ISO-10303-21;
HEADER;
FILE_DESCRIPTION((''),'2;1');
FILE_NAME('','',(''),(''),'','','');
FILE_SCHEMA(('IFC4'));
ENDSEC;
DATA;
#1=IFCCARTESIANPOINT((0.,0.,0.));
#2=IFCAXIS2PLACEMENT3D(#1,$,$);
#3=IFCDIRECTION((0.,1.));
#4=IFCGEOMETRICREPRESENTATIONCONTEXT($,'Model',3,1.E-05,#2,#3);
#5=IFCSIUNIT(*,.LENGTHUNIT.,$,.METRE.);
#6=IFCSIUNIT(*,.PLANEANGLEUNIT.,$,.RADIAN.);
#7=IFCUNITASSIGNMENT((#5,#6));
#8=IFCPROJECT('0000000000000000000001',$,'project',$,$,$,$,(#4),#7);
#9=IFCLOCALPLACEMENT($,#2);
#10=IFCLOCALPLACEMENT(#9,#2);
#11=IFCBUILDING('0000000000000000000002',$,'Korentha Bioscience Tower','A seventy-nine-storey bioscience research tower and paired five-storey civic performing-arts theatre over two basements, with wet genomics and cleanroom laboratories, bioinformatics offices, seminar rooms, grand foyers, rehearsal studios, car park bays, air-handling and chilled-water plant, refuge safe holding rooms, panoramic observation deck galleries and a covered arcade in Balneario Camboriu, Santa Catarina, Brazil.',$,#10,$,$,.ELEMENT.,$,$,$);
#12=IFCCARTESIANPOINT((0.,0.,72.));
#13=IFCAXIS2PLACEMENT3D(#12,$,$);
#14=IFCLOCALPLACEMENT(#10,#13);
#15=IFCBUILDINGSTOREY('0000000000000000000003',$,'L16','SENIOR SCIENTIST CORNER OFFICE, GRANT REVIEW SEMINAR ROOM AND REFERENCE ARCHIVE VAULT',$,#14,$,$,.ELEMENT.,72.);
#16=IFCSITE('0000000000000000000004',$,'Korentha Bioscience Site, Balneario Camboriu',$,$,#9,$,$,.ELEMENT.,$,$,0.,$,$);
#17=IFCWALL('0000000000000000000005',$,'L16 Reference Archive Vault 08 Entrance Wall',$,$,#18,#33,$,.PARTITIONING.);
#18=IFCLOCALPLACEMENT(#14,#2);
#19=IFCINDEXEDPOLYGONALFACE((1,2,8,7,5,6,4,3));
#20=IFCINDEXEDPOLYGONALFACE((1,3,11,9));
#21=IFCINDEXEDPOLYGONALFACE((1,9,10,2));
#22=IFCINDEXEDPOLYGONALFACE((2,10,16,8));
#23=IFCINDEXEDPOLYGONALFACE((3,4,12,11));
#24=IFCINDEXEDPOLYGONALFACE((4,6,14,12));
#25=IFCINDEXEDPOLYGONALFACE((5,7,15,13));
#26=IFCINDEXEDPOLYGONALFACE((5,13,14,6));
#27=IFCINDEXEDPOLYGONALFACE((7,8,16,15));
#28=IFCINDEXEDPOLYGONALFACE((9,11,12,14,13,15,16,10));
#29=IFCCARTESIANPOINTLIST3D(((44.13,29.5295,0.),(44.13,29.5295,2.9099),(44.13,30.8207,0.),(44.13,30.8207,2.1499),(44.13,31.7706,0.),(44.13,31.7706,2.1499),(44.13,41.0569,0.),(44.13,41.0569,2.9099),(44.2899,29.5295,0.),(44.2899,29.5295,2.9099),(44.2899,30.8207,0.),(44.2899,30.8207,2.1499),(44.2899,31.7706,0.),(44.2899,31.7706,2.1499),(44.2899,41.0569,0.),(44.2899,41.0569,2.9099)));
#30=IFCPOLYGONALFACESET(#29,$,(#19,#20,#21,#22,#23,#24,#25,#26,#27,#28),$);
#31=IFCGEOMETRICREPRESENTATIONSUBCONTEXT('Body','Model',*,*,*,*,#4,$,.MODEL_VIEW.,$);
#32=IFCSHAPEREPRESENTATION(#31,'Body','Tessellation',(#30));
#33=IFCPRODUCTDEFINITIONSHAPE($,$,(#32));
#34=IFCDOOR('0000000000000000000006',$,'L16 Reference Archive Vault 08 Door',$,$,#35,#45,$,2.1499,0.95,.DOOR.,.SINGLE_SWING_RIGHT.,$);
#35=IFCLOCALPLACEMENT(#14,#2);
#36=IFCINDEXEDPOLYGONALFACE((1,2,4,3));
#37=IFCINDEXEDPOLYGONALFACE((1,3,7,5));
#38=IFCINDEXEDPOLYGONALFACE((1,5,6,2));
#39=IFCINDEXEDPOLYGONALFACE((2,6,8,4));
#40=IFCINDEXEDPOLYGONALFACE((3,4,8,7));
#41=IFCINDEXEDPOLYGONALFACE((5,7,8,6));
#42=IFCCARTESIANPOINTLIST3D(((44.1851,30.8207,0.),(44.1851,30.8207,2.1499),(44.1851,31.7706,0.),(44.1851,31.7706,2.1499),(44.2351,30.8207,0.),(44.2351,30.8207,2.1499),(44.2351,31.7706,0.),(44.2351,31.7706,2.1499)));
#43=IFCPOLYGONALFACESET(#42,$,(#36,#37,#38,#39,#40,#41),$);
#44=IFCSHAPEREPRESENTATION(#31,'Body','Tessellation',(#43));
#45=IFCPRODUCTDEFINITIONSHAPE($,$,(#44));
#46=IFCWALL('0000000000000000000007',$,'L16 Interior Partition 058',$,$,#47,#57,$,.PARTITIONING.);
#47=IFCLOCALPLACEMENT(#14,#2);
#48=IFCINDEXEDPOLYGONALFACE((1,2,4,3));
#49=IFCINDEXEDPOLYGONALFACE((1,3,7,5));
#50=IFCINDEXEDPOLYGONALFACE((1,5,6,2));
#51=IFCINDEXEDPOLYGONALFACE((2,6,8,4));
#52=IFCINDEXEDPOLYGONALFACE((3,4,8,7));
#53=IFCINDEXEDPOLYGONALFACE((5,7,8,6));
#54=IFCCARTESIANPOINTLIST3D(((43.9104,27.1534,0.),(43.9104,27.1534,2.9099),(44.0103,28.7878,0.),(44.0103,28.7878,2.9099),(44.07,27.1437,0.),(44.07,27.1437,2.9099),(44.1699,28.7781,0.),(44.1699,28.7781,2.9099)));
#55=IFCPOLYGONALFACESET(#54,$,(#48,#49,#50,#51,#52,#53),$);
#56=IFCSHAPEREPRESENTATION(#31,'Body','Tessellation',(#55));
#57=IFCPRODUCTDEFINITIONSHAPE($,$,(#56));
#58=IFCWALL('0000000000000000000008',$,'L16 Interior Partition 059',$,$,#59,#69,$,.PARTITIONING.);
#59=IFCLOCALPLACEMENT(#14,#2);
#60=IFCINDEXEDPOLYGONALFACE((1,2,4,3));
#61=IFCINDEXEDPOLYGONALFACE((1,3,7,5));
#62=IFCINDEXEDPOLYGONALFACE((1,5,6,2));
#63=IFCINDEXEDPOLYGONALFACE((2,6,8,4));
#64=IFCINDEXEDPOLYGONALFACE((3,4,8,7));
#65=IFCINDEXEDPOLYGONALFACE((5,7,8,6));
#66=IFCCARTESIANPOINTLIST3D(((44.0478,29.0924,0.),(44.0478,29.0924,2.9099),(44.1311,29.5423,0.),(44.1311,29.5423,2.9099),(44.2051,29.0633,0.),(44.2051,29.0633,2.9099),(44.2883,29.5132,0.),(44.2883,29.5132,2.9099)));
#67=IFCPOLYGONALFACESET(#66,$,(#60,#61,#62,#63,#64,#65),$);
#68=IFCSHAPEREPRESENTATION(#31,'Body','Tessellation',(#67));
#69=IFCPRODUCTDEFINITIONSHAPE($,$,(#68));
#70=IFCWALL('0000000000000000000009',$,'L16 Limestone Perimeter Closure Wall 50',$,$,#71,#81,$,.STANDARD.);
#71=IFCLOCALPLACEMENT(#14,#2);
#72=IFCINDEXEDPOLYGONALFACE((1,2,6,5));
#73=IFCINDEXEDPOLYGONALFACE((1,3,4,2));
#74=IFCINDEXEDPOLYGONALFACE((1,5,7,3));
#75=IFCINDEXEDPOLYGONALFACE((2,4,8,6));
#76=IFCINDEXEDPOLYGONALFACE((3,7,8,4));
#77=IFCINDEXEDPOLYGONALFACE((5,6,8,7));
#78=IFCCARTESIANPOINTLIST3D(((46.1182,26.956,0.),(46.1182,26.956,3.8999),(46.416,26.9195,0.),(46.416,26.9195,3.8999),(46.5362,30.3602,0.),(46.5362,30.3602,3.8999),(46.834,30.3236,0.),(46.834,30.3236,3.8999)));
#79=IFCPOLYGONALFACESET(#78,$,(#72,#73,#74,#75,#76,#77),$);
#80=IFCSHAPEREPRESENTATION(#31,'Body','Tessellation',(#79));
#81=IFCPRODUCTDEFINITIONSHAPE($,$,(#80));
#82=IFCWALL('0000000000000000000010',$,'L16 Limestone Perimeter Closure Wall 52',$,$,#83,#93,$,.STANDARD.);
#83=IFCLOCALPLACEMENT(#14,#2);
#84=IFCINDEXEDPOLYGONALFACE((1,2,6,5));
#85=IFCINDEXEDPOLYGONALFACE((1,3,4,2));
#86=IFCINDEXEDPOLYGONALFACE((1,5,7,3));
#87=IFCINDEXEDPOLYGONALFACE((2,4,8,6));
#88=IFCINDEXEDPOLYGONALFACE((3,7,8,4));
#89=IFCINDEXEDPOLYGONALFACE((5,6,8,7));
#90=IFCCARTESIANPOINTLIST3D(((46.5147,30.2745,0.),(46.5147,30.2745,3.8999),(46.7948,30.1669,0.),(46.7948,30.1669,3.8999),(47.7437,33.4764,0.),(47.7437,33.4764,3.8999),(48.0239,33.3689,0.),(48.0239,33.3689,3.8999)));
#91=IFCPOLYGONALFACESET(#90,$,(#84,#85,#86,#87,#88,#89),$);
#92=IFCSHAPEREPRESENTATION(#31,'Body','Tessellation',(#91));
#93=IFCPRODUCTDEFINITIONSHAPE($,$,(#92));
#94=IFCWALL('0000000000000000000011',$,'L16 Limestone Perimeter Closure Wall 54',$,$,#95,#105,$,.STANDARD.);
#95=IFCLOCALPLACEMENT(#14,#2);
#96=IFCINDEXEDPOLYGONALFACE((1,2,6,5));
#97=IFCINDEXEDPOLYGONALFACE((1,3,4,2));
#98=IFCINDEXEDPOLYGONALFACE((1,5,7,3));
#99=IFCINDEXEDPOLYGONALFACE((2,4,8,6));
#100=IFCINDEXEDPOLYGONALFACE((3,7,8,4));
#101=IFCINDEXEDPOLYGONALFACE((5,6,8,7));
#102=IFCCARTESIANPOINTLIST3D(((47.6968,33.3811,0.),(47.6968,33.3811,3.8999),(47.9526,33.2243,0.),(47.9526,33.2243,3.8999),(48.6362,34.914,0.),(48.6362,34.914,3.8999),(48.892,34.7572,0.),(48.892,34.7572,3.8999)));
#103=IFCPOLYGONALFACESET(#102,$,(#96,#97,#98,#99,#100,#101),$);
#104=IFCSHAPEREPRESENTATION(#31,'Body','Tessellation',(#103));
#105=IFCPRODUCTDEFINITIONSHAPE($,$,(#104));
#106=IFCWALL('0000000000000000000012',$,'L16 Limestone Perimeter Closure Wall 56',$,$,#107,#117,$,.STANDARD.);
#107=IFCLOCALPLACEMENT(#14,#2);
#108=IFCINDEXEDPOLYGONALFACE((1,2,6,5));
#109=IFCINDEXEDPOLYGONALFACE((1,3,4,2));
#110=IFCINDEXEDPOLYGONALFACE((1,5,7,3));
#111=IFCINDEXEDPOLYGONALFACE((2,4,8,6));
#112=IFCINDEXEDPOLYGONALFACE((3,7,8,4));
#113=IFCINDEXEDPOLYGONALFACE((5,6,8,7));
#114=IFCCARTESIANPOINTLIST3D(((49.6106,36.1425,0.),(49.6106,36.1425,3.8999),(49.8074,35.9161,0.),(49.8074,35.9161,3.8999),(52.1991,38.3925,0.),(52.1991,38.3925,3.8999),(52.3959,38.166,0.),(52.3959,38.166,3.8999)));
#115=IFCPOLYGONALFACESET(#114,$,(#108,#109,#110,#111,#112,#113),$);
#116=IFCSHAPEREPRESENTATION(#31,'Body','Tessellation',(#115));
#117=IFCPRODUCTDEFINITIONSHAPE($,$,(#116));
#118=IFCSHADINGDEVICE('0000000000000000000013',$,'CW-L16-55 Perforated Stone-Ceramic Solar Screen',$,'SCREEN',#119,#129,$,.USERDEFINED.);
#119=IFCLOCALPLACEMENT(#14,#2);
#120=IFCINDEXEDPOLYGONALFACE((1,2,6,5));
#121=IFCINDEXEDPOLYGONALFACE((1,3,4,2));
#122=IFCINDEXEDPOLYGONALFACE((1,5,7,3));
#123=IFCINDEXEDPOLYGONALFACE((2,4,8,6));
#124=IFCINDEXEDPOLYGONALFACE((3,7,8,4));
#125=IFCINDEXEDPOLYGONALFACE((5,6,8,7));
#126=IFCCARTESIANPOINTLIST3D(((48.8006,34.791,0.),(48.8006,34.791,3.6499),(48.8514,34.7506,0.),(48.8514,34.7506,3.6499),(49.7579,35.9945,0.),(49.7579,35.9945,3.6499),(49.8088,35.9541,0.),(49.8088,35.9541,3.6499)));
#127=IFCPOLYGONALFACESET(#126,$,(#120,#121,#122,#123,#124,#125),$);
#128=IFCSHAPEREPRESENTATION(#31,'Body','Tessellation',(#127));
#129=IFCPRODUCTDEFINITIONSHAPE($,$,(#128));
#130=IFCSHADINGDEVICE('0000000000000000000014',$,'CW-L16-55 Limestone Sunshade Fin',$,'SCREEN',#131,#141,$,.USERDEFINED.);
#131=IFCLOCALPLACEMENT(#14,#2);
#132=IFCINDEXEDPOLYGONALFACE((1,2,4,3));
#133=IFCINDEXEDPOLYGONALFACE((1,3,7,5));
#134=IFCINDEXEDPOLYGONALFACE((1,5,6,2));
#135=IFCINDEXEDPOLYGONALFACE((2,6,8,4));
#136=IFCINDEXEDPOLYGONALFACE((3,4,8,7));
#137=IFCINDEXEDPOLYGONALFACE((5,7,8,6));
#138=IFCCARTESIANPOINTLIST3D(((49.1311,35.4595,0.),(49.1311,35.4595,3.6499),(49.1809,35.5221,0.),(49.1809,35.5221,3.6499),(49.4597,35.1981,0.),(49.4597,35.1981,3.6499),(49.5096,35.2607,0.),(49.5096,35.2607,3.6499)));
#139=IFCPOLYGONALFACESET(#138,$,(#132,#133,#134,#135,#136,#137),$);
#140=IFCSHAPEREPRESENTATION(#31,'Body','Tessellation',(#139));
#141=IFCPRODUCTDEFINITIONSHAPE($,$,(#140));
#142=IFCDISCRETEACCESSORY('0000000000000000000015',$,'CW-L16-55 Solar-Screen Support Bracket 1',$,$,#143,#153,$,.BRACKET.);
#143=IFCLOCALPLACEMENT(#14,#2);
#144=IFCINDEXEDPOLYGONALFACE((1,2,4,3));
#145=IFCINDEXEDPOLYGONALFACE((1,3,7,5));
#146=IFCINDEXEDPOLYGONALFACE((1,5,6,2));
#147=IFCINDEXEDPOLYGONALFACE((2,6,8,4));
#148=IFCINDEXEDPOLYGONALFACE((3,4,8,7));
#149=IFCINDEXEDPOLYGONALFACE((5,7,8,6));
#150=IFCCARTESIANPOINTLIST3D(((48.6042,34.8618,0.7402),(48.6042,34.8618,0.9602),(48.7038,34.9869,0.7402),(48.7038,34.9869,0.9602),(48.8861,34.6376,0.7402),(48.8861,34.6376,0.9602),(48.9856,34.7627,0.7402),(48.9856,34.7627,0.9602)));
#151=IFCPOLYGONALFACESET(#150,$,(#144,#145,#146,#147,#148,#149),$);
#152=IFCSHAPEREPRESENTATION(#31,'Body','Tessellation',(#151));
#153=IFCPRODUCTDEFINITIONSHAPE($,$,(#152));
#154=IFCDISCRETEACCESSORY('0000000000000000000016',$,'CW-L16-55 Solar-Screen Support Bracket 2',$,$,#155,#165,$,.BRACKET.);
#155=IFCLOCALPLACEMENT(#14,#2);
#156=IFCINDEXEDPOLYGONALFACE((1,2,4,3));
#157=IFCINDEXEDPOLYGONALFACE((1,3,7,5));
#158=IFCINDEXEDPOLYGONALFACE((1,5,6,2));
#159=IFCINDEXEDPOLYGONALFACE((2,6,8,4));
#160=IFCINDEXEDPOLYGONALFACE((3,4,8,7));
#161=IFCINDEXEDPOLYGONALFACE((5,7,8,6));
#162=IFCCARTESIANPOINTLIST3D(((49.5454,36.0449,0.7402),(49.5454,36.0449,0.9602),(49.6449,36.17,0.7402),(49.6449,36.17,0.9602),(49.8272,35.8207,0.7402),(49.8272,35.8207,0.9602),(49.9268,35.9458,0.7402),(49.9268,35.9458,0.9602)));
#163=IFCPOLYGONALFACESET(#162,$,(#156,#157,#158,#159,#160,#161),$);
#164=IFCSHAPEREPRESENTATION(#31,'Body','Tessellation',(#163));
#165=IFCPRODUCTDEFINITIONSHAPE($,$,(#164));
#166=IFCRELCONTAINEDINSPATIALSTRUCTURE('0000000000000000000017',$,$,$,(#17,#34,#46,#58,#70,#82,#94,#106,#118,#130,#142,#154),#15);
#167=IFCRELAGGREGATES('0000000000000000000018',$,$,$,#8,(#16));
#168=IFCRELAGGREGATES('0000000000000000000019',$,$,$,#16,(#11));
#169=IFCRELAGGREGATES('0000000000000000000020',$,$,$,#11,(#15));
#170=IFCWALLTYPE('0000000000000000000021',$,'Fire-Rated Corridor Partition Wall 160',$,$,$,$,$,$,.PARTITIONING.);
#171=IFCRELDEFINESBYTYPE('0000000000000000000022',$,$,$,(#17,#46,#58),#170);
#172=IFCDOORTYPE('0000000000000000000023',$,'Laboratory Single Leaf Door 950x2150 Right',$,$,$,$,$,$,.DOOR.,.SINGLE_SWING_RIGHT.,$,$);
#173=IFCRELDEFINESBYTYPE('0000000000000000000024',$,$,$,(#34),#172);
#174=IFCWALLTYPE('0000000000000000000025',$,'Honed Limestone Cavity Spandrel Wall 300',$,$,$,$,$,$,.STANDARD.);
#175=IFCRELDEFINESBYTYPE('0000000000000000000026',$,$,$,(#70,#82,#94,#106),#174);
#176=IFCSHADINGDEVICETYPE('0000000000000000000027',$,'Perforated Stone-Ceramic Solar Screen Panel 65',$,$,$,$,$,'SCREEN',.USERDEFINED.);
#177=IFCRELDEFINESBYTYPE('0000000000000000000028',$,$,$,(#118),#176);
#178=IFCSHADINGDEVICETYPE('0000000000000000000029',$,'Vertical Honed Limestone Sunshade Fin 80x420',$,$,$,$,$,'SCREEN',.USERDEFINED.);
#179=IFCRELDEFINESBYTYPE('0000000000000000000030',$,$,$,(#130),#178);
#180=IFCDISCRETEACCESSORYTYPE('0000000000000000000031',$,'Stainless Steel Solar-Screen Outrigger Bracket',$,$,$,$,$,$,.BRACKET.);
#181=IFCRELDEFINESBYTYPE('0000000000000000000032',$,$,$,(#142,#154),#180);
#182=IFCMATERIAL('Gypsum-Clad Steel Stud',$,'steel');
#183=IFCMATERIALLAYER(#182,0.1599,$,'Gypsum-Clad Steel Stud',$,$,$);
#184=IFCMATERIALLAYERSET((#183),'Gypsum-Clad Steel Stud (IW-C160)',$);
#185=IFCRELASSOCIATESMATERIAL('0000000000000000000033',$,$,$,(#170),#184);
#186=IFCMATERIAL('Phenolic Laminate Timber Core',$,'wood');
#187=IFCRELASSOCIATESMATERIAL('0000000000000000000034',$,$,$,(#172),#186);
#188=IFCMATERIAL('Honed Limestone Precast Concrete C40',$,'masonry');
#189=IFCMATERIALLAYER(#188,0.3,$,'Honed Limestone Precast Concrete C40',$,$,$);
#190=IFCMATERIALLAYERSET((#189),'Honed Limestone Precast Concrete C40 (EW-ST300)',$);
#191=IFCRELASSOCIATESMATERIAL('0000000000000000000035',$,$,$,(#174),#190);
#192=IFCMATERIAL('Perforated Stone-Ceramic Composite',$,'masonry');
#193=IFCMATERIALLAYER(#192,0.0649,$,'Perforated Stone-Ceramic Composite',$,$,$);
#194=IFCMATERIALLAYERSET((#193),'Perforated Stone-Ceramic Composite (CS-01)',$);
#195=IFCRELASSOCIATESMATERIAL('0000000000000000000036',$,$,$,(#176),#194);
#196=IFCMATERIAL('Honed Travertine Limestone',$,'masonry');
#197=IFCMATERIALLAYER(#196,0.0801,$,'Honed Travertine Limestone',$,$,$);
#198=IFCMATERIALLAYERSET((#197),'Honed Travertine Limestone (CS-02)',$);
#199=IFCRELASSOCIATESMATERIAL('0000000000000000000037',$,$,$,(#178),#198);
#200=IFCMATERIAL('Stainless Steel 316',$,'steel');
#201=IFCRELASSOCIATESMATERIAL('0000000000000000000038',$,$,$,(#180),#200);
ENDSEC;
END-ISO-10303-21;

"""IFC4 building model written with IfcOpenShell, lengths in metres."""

from ifc_helpers import new_model, si_unit, direction, frame, frame_2d, origin, origin_2d, place, context, subcontext, project, spatial, rectangle, extrude, material, layer, layer_set, type_object, element, fill, save


model = new_model("IFC4")

# Units and contexts
model_context = context("Model", 3, precision=1e-05, world=origin(), true_north=direction((0.0, 1.0)))
body_context = subcontext(model_context, "Body", "Model", "MODEL_VIEW")
ifc_project = project(units=[si_unit("LENGTHUNIT", "METRE"), si_unit("PLANEANGLEUNIT", "RADIAN")], contexts=[model_context])

# Site, building, storey
site_placement = place(None, origin())
site = spatial("IfcSite", under=ifc_project, at=site_placement, Name="Korentha Bioscience Site, Balneario Camboriu", CompositionType="ELEMENT", RefElevation=0.0)
building_placement = place(site_placement, origin())
building = spatial("IfcBuilding", under=site, at=building_placement, Name="Korentha Bioscience Tower", Description="A seventy-nine-storey bioscience research tower and paired five-storey civic performing-arts theatre over two basements, with wet genomics and cleanroom laboratories, bioinformatics offices, seminar rooms, grand foyers, rehearsal studios, car park bays, air-handling and chilled-water plant, refuge safe holding rooms, panoramic observation deck galleries and a covered arcade in Balneario Camboriu, Santa Catarina, Brazil.", CompositionType="ELEMENT")
storey_placement = place(building_placement, frame((0.0, 0.0, 72.0)))
storey = spatial("IfcBuildingStorey", under=building, at=storey_placement, Name="L16", Description="SENIOR SCIENTIST CORNER OFFICE, GRANT REVIEW SEMINAR ROOM AND REFERENCE ARCHIVE VAULT", CompositionType="ELEMENT", Elevation=72.0)

# Wall, opening, door
ifc_material_1 = material(Name="Gypsum-Clad Steel Stud", Category="steel")
ifc_layer_1 = layer(ifc_material_1, 0.1599, Name="Gypsum-Clad Steel Stud")
ifc_layer_set_1 = layer_set([ifc_layer_1], Name="Gypsum-Clad Steel Stud (IW-C160)")
wall_type_1 = type_object("IfcWallType", Name="Fire-Rated Corridor Partition Wall 160", PredefinedType="PARTITIONING", material=ifc_layer_set_1)
wall_1_placement = place(storey_placement, frame((44.21, 29.5295, 0.0), z_axis=(0.0, 0.0, 1.0), x_axis=(0.0, 1.0, 0.0)))
wall_1 = element("IfcWall", 1, at=wall_1_placement, inside=storey, type_object=wall_type_1, Name="L16 Reference Archive Vault 08 Entrance Wall", PredefinedType="PARTITIONING", context=body_context, shape_type="SweptSolid", body=[
    extrude(rectangle(XDim=11.5273, YDim=0.1599, at=frame_2d((5.7637, 0.0))), origin(), (0.0, 0.0, 1.0), 2.9099),
])
opening_placement = place(wall_1_placement, frame((1.291, 0.0, 0.0)))
opening = element("IfcOpeningElement", 2, at=opening_placement, cuts=wall_1, PredefinedType="OPENING", context=body_context, shape_type="SweptSolid", body=[
    extrude(rectangle(XDim=0.95, YDim=2.1499, at=frame_2d((0.4751, 1.075))), frame((0.0, 0.0947, 0.0), z_axis=(0.0, -1.0, 0.0), x_axis=(1.0, 0.0, 0.0)), (0.0, 0.0, 1.0), 0.1897),
])
ifc_material_2 = material(Name="Phenolic Laminate Timber Core", Category="wood")
door_type = type_object("IfcDoorType", Name="Laboratory Single Leaf Door 950x2150 Right", OperationType="SINGLE_SWING_RIGHT", PredefinedType="DOOR", material=ifc_material_2)
door_placement = place(opening_placement, origin())
door = element("IfcDoor", 3, at=door_placement, inside=storey, type_object=door_type, Name="L16 Reference Archive Vault 08 Door", OperationType="SINGLE_SWING_RIGHT", OverallHeight=2.1499, OverallWidth=0.95, PredefinedType="DOOR", context=body_context, shape_type="SweptSolid", body=[
    extrude(rectangle(XDim=0.95, YDim=2.1499, at=frame_2d((0.4751, 1.075))), frame((0.0, 0.0249, 0.0), z_axis=(0.0, -1.0, 0.0), x_axis=(1.0, 0.0, 0.0)), (0.0, 0.0, 1.0), 0.05),
])
fill(opening, door)

# Walls
wall_2_placement = place(storey_placement, frame((43.9902, 27.1484, 0.0), z_axis=(0.0, 0.0, 1.0), x_axis=(0.060977, 0.998139, 0.0)))
element("IfcWall", 4, at=wall_2_placement, inside=storey, type_object=wall_type_1, Name="L16 Interior Partition 058", PredefinedType="PARTITIONING", context=body_context, shape_type="SweptSolid", body=[
    extrude(rectangle(XDim=1.6375, YDim=0.1599, at=frame_2d((0.8188, 0.0))), origin(), (0.0, 0.0, 1.0), 2.9099),
])
wall_3_placement = place(storey_placement, frame((44.1265, 29.0779, 0.0), z_axis=(0.0, 0.0, 1.0), x_axis=(0.181936, 0.98331, 0.0)))
element("IfcWall", 5, at=wall_3_placement, inside=storey, type_object=wall_type_1, Name="L16 Interior Partition 059", PredefinedType="PARTITIONING", context=body_context, shape_type="SweptSolid", body=[
    extrude(rectangle(XDim=0.4575, YDim=0.1599, at=frame_2d((0.2288, 0.0))), origin(), (0.0, 0.0, 1.0), 2.9099),
])
ifc_material_3 = material(Name="Honed Limestone Precast Concrete C40", Category="masonry")
ifc_layer_2 = layer(ifc_material_3, 0.3, Name="Honed Limestone Precast Concrete C40")
ifc_layer_set_2 = layer_set([ifc_layer_2], Name="Honed Limestone Precast Concrete C40 (EW-ST300)")
wall_type_2 = type_object("IfcWallType", Name="Honed Limestone Cavity Spandrel Wall 300", PredefinedType="STANDARD", material=ifc_layer_set_2)
for number, where, z_axis, x_axis, name in (
    (6, (46.2671, 26.9377, 0.0), (0.0, 0.0, 1.0), (0.12187, 0.992546, 0.0), "L16 Limestone Perimeter Closure Wall 50"),
    (7, (46.6548, 30.2207, 0.0), (0.0, 0.0, 1.0), (0.358345, 0.933589, 0.0), "L16 Limestone Perimeter Closure Wall 52"),
):
    element("IfcWall", number, at=place(storey_placement, frame(where, z_axis=z_axis, x_axis=x_axis)), inside=storey, type_object=wall_type_2, Name=name, PredefinedType="STANDARD", context=body_context, shape_type="SweptSolid", body=[
        extrude(rectangle(XDim=3.4297, YDim=0.3, at=frame_2d((1.7148, 0.0))), origin(), (0.0, 0.0, 1.0), 3.8999),
    ])
wall_4_placement = place(storey_placement, frame((47.8247, 33.3027, 0.0), z_axis=(0.0, 0.0, 1.0), x_axis=(0.522521, 0.852627, 0.0)))
element("IfcWall", 8, at=wall_4_placement, inside=storey, type_object=wall_type_2, Name="L16 Limestone Perimeter Closure Wall 54", PredefinedType="STANDARD", context=body_context, shape_type="SweptSolid", body=[
    extrude(rectangle(XDim=1.7979, YDim=0.3, at=frame_2d((0.8989, 0.0))), origin(), (0.0, 0.0, 1.0), 3.8999),
])
wall_5_placement = place(storey_placement, frame((49.709, 36.0293, 0.0), z_axis=(0.0, 0.0, 1.0), x_axis=(0.754746, 0.656017, 0.0)))
element("IfcWall", 9, at=wall_5_placement, inside=storey, type_object=wall_type_2, Name="L16 Limestone Perimeter Closure Wall 56", PredefinedType="STANDARD", context=body_context, shape_type="SweptSolid", body=[
    extrude(rectangle(XDim=3.4297, YDim=0.3, at=frame_2d((1.7148, 0.0))), origin(), (0.0, 0.0, 1.0), 3.8999),
])

# Shading devices
ifc_material_4 = material(Name="Perforated Stone-Ceramic Composite", Category="masonry")
ifc_layer_3 = layer(ifc_material_4, 0.0649, Name="Perforated Stone-Ceramic Composite")
ifc_layer_set_3 = layer_set([ifc_layer_3], Name="Perforated Stone-Ceramic Composite (CS-01)")
shading_device_type_1 = type_object("IfcShadingDeviceType", Name="Perforated Stone-Ceramic Solar Screen Panel 65", ElementType="SCREEN", PredefinedType="USERDEFINED", material=ifc_layer_set_3)
shading_device_1_placement = place(storey_placement, frame((49.3047, 35.3726, 0.0), z_axis=(0.0, 0.0, 1.0), x_axis=(0.62252, 0.782604, 0.0)))
element("IfcShadingDevice", 10, at=shading_device_1_placement, inside=storey, type_object=shading_device_type_1, Name="CW-L16-55 Perforated Stone-Ceramic Solar Screen", ObjectType="SCREEN", PredefinedType="USERDEFINED", context=body_context, shape_type="SweptSolid", body=[
    extrude(rectangle(XDim=1.5378, YDim=0.0649, at=origin_2d()), origin(), (0.0, 0.0, 1.0), 3.6499),
])
ifc_material_5 = material(Name="Honed Travertine Limestone", Category="masonry")
ifc_layer_4 = layer(ifc_material_5, 0.0801, Name="Honed Travertine Limestone")
ifc_layer_set_4 = layer_set([ifc_layer_4], Name="Honed Travertine Limestone (CS-02)")
shading_device_type_2 = type_object("IfcShadingDeviceType", Name="Vertical Honed Limestone Sunshade Fin 80x420", ElementType="SCREEN", PredefinedType="USERDEFINED", material=ifc_layer_set_4)
shading_device_2_placement = place(storey_placement, frame((49.3203, 35.3601, 0.0), z_axis=(0.0, 0.0, 1.0), x_axis=(0.62252, 0.782604, 0.0)))
element("IfcShadingDevice", 11, at=shading_device_2_placement, inside=storey, type_object=shading_device_type_2, Name="CW-L16-55 Limestone Sunshade Fin", ObjectType="SCREEN", PredefinedType="USERDEFINED", context=body_context, shape_type="SweptSolid", body=[
    extrude(rectangle(XDim=0.0801, YDim=0.4199, at=origin_2d()), origin(), (0.0, 0.0, 1.0), 3.6499),
])

# Discrete accessories
ifc_material_6 = material(Name="Stainless Steel 316", Category="steel")
discrete_accessory_type = type_object("IfcDiscreteAccessoryType", Name="Stainless Steel Solar-Screen Outrigger Bracket", PredefinedType="BRACKET", material=ifc_material_6)
for number, where, z_axis, x_axis, name in (
    (12, (48.7949, 34.8123, 0.7402), (0.0, 0.0, 1.0), (0.62252, 0.782604, 0.0), "CW-L16-55 Solar-Screen Support Bracket 1"),
    (13, (49.7361, 35.9954, 0.7402), (0.0, 0.0, 1.0), (0.62252, 0.782604, 0.0), "CW-L16-55 Solar-Screen Support Bracket 2"),
):
    element("IfcDiscreteAccessory", number, at=place(storey_placement, frame(where, z_axis=z_axis, x_axis=x_axis)), inside=storey, type_object=discrete_accessory_type, Name=name, PredefinedType="BRACKET", context=body_context, shape_type="SweptSolid", body=[
        extrude(rectangle(XDim=0.1599, YDim=0.3601, at=origin_2d()), origin(), (0.0, 0.0, 1.0), 0.22),
    ])

save(model, "model.ifc")
